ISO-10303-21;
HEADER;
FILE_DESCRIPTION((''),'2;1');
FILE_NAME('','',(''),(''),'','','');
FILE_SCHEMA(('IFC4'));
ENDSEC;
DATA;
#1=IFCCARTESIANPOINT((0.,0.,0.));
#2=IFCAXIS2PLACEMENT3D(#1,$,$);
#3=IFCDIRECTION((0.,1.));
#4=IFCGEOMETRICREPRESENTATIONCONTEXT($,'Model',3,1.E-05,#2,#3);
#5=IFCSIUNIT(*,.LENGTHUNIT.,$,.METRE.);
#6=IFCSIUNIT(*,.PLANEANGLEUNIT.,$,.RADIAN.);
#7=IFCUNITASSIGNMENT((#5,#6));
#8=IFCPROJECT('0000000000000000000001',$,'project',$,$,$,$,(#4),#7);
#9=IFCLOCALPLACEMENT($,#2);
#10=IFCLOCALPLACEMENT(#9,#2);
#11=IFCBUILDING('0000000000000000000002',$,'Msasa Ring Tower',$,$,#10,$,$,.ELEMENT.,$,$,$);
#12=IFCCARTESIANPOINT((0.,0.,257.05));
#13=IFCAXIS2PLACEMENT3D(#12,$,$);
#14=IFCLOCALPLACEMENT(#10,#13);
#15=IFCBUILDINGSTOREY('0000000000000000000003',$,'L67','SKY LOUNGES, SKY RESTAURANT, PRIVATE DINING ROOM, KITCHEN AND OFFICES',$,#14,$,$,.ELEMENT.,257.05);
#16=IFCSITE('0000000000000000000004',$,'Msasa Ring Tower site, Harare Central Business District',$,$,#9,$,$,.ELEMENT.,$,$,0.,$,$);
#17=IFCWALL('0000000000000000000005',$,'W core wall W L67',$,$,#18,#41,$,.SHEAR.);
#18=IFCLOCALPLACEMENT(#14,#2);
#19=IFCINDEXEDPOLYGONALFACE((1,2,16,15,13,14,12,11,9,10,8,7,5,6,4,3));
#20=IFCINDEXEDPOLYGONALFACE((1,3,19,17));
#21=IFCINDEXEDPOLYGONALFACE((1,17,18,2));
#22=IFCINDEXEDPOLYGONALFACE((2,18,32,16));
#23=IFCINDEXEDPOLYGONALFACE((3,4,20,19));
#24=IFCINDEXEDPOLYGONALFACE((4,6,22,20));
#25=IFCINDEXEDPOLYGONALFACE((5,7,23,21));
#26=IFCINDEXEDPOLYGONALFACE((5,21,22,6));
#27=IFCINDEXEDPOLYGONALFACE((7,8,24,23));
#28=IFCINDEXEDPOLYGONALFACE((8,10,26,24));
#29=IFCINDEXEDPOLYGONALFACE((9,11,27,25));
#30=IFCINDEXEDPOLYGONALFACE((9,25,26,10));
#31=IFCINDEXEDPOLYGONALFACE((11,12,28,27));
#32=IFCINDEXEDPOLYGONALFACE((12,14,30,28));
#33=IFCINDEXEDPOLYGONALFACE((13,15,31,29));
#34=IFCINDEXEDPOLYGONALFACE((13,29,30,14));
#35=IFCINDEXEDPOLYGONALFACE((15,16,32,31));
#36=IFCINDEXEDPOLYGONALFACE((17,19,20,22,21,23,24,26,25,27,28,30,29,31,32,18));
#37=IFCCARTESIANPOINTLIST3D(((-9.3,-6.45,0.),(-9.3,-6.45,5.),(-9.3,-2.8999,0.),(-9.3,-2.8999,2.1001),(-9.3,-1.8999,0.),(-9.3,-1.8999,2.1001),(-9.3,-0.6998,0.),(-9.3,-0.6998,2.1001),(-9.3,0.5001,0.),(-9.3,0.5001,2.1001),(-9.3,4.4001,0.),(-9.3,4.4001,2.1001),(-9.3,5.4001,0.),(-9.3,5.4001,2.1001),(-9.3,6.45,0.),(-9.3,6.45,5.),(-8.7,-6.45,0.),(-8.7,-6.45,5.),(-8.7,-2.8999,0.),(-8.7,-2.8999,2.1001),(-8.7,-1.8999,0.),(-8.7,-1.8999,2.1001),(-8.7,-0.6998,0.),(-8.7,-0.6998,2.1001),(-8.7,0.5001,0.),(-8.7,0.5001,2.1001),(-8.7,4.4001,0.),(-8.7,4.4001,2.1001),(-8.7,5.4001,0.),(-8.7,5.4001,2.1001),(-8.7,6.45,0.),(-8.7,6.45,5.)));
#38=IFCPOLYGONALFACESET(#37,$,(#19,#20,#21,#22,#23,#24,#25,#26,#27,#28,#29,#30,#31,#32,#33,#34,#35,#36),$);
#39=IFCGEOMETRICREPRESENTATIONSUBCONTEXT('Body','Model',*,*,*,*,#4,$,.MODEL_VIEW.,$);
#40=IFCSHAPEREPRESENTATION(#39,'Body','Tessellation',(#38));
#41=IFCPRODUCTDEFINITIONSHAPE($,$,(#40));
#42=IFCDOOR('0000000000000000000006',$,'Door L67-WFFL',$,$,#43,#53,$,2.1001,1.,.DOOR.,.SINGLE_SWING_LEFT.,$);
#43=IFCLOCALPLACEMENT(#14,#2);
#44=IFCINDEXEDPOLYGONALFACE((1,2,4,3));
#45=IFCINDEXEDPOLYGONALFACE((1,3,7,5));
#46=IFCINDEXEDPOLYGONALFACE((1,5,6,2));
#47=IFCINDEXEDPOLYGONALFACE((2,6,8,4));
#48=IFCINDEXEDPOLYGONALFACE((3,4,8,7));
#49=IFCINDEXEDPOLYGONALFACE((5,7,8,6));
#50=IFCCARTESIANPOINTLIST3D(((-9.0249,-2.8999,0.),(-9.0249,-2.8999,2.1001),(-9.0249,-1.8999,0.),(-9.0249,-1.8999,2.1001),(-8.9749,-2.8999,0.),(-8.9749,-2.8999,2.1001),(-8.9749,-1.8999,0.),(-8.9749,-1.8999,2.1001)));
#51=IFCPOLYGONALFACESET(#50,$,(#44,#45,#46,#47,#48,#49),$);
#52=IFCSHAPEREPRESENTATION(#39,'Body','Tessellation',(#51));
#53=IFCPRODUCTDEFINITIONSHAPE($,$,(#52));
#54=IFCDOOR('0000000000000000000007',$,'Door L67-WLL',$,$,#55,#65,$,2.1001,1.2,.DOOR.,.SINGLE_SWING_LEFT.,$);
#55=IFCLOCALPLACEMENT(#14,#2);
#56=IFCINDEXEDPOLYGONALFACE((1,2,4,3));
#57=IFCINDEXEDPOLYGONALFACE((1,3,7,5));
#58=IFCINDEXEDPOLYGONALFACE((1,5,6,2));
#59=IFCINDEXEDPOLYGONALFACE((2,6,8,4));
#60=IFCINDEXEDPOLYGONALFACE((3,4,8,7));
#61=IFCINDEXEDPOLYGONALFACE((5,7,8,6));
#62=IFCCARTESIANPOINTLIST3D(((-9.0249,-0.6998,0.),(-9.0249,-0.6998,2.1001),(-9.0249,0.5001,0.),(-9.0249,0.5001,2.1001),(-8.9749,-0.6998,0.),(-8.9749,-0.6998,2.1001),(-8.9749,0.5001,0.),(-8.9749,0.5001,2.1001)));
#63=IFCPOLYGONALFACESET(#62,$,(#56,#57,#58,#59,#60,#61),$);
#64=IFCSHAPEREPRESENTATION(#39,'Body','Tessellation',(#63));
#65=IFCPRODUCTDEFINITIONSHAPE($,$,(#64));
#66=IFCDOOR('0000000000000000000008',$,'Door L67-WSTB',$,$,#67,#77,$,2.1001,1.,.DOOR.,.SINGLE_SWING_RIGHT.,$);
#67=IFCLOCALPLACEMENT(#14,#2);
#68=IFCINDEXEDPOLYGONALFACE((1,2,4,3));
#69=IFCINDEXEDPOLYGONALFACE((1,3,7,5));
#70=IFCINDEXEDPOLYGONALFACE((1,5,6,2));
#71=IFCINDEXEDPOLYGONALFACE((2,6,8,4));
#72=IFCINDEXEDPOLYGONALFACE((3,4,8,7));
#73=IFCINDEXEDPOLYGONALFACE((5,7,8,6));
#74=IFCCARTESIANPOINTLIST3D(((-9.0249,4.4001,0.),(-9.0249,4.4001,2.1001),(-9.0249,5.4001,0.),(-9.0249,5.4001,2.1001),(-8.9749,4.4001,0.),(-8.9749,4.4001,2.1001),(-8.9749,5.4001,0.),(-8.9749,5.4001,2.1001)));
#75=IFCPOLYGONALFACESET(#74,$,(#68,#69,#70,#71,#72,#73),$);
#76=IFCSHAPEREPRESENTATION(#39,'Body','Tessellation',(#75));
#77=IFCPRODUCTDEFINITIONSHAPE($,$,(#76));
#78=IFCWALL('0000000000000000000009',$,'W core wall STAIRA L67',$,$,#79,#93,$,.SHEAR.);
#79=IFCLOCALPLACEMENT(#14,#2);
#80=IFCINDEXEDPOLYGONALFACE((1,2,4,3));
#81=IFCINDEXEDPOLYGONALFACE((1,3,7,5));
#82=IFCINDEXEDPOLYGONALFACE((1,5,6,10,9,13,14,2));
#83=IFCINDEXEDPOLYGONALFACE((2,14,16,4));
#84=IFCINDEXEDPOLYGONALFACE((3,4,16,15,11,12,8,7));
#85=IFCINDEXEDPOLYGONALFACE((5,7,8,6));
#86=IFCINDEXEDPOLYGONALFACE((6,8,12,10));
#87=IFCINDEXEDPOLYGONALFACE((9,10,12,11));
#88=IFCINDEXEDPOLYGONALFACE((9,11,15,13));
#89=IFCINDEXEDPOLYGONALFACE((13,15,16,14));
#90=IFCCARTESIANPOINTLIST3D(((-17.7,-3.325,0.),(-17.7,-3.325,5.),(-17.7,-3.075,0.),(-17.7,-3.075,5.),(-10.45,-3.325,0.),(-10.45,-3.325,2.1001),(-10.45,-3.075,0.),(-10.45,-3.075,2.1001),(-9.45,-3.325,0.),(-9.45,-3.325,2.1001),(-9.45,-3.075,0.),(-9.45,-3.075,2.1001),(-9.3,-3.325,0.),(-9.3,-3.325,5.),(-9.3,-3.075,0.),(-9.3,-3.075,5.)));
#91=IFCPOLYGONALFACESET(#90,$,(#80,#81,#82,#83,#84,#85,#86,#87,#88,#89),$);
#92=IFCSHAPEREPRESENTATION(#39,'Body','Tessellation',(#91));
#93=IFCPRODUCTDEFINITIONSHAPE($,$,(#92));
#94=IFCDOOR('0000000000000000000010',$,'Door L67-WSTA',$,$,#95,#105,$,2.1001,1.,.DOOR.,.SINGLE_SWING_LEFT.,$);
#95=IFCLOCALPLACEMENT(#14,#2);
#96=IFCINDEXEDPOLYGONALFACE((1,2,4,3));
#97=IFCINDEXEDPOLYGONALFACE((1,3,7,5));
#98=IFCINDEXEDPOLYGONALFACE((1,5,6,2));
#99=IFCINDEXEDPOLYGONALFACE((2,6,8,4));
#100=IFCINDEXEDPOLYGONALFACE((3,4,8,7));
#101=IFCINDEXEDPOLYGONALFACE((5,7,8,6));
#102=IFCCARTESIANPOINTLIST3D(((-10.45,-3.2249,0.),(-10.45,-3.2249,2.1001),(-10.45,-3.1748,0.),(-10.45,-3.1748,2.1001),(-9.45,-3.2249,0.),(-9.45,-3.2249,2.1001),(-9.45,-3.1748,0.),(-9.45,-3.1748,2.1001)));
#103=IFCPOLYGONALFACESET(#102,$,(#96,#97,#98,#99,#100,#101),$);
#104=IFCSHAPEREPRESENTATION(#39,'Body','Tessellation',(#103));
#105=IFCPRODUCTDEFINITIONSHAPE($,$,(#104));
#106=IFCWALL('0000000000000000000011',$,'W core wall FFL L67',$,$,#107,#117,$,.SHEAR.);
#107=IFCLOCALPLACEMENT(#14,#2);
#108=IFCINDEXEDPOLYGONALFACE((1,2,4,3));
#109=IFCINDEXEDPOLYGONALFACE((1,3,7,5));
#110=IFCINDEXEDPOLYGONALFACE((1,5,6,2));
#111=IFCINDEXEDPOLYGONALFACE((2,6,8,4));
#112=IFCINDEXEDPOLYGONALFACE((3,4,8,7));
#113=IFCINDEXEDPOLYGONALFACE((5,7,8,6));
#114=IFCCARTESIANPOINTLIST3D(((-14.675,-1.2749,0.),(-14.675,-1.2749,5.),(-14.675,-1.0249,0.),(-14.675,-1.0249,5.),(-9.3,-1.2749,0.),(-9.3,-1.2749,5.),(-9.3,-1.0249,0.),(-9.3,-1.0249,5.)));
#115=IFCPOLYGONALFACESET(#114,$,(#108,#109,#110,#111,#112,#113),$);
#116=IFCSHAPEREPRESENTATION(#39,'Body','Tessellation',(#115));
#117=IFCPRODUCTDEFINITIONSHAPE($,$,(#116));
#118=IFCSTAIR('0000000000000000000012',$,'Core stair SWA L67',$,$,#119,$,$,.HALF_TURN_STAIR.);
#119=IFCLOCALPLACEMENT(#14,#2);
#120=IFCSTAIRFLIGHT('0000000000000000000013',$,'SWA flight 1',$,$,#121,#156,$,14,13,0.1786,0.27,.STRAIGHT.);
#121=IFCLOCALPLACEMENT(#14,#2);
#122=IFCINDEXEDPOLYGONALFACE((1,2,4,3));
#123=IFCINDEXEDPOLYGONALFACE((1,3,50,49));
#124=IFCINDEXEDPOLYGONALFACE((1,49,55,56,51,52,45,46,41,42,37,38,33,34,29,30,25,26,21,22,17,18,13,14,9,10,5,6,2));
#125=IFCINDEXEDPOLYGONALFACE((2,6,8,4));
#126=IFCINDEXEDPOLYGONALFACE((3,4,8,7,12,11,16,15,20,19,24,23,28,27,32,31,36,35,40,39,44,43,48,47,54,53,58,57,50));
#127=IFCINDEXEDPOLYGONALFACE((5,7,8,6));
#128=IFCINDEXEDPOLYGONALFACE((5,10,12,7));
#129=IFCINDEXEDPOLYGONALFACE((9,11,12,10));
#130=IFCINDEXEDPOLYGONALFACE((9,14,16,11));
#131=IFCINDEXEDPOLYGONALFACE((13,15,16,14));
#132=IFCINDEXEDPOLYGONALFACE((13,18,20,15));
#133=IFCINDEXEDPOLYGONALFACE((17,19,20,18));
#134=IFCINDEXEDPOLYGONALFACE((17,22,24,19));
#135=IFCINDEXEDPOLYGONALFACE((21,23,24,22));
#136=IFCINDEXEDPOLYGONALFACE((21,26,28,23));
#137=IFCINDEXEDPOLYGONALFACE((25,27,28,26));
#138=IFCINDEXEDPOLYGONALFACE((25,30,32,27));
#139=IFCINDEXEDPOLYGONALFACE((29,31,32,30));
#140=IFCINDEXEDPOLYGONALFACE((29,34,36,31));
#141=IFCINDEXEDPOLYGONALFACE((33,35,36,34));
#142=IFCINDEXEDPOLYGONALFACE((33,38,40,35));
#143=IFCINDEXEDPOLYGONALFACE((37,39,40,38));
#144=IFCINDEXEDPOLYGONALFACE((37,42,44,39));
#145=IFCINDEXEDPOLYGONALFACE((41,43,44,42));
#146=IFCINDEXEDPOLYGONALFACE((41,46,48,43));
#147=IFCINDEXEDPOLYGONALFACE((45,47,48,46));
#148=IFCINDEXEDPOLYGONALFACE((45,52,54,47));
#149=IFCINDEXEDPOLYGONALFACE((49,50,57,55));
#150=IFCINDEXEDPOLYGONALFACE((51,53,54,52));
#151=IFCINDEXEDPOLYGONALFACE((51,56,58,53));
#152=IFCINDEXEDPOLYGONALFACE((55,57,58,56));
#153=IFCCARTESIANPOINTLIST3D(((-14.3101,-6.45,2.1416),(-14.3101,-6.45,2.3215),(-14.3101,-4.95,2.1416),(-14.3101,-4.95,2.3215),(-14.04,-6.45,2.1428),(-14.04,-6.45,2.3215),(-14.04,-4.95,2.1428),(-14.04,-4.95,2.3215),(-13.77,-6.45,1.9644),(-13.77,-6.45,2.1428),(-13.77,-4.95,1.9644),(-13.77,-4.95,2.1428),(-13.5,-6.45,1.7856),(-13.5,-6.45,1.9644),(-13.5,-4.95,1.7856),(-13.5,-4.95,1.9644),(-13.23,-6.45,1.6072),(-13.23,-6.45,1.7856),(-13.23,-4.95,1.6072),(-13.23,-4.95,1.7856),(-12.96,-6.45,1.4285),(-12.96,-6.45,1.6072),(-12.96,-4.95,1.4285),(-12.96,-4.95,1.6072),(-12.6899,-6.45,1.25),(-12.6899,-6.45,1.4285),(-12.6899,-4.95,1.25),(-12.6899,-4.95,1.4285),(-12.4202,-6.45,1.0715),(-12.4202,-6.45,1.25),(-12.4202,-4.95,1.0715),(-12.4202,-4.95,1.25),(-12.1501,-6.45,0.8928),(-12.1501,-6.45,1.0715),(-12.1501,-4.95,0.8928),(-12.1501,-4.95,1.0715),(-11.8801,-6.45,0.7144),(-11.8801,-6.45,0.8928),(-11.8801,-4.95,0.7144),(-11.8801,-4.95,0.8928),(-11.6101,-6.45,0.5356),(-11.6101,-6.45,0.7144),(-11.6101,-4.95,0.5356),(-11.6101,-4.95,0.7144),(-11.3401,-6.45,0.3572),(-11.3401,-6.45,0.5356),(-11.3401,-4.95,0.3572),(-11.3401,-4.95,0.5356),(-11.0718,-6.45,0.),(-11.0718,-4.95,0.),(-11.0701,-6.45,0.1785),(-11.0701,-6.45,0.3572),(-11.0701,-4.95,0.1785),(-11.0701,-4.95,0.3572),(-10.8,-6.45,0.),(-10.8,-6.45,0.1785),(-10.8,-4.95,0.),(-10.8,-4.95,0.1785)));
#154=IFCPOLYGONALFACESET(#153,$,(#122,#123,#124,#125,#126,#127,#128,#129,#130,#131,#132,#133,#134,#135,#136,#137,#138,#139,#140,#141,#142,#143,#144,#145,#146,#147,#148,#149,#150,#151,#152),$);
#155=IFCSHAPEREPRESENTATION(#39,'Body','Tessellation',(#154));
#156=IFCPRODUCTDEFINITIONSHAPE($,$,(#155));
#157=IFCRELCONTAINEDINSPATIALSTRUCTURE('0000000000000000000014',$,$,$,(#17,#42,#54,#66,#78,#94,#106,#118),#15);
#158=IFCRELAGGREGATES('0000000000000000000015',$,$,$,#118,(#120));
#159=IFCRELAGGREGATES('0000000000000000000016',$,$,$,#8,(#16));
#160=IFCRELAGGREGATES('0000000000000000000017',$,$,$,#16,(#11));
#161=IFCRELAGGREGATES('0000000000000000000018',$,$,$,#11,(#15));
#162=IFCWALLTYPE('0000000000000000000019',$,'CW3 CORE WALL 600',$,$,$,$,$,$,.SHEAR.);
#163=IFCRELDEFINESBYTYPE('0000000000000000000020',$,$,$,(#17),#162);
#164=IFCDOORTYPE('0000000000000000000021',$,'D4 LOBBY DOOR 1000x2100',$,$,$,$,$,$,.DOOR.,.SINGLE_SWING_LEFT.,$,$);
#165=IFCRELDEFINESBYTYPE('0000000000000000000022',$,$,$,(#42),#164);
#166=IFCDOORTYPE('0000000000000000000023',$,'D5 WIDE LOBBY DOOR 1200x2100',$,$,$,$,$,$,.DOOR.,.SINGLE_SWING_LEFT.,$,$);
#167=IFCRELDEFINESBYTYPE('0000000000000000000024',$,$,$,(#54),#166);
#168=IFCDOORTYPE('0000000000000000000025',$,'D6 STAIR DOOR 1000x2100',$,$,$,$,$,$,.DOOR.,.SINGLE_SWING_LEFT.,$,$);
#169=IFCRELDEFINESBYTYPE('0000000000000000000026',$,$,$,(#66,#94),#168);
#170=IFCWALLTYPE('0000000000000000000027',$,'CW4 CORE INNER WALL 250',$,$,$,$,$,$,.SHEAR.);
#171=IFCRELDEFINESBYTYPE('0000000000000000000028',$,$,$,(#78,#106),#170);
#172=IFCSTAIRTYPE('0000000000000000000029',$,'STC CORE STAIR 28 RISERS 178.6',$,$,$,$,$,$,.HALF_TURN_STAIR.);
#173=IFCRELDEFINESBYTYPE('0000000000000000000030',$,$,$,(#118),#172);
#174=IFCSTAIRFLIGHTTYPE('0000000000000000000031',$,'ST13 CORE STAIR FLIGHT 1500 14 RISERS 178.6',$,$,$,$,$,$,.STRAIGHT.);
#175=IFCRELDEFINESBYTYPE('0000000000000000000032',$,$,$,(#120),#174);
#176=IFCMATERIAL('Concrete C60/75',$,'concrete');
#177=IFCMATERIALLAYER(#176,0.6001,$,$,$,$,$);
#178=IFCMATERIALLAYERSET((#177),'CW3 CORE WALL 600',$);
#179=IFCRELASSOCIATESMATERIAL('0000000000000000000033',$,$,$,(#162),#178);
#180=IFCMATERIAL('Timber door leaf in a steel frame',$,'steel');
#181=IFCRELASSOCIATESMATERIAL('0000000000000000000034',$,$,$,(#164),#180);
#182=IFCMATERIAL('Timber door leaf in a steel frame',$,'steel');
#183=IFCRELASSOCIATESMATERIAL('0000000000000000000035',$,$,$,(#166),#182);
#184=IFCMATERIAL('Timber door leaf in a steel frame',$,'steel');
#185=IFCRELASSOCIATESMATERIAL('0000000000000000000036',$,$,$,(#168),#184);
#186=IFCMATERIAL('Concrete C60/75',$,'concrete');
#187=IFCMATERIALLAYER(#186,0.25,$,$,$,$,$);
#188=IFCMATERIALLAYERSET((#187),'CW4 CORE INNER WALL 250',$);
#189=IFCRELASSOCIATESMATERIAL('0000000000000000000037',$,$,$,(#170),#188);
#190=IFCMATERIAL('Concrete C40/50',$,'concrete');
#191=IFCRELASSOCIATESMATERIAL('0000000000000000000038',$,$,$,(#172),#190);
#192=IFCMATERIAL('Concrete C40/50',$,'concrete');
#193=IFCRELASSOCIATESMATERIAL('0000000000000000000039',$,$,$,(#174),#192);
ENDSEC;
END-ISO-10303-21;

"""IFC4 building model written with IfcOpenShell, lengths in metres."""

from ifc_helpers import new_model, si_unit, direction, frame, frame_2d, origin, place, context, subcontext, project, spatial, polyline, rectangle, outline, extrude, material, layer, layer_set, type_object, element, fill, aggregate, save


model = new_model("IFC4")

# Units and contexts
model_context = context("Model", 3, precision=1e-05, world=origin(), true_north=direction((0.0, 1.0)))
body_context = subcontext(model_context, "Body", "Model", "MODEL_VIEW")
ifc_project = project(units=[si_unit("LENGTHUNIT", "METRE"), si_unit("PLANEANGLEUNIT", "RADIAN")], contexts=[model_context])

# Site, building, storey
site_placement = place(None, origin())
site = spatial("IfcSite", under=ifc_project, at=site_placement, Name="Msasa Ring Tower site, Harare Central Business District", CompositionType="ELEMENT", RefElevation=0.0)
building_placement = place(site_placement, origin())
building = spatial("IfcBuilding", under=site, at=building_placement, Name="Msasa Ring Tower", CompositionType="ELEMENT")
storey_placement = place(building_placement, frame((0.0, 0.0, 257.05)))
storey = spatial("IfcBuildingStorey", under=building, at=storey_placement, Name="L67", Description="SKY LOUNGES, SKY RESTAURANT, PRIVATE DINING ROOM, KITCHEN AND OFFICES", CompositionType="ELEMENT", Elevation=257.05)

# Shared definitions
ifc_material_1 = material(Name="Concrete C60/75", Category="concrete")
ifc_layer_1 = layer(ifc_material_1, 0.6001)
ifc_layer_set_1 = layer_set([ifc_layer_1], Name="CW3 CORE WALL 600")
wall_type_1 = type_object("IfcWallType", Name="CW3 CORE WALL 600", PredefinedType="SHEAR", material=ifc_layer_set_1)

# Wall, openings, doors
wall_1_placement = place(storey_placement, frame((-9.0, -6.45, 0.0), z_axis=(0.0, 0.0, 1.0), x_axis=(0.0, 1.0, 0.0)))
wall_1 = element("IfcWall", 1, at=wall_1_placement, inside=storey, type_object=wall_type_1, Name="W core wall W L67", PredefinedType="SHEAR", context=body_context, shape_type="SweptSolid", body=[
    extrude(rectangle(XDim=12.8999, YDim=0.6001, at=frame_2d((6.45, 0.0))), origin(), (0.0, 0.0, 1.0), 5.0),
])
opening_1_placement = place(wall_1_placement, frame((3.55, 0.0, 0.0)))
opening_1 = element("IfcOpeningElement", 2, at=opening_1_placement, cuts=wall_1, PredefinedType="OPENING", context=body_context, shape_type="SweptSolid", body=[
    extrude(rectangle(XDim=1.0, YDim=2.1001, at=frame_2d((0.5, 1.05))), frame((0.0, 0.3101, 0.0), z_axis=(0.0, -1.0, 0.0), x_axis=(1.0, 0.0, 0.0)), (0.0, 0.0, 1.0), 0.6201),
])
opening_2_placement = place(wall_1_placement, frame((5.75, 0.0, 0.0)))
opening_2 = element("IfcOpeningElement", 3, at=opening_2_placement, cuts=wall_1, PredefinedType="OPENING", context=body_context, shape_type="SweptSolid", body=[
    extrude(rectangle(XDim=1.2, YDim=2.1001, at=frame_2d((0.6001, 1.05))), frame((0.0, 0.3101, 0.0), z_axis=(0.0, -1.0, 0.0), x_axis=(1.0, 0.0, 0.0)), (0.0, 0.0, 1.0), 0.6201),
])
opening_3_placement = place(wall_1_placement, frame((10.8501, 0.0, 0.0)))
opening_3 = element("IfcOpeningElement", 4, at=opening_3_placement, cuts=wall_1, PredefinedType="OPENING", context=body_context, shape_type="SweptSolid", body=[
    extrude(rectangle(XDim=1.0, YDim=2.1001, at=frame_2d((0.5, 1.05))), frame((0.0, 0.3101, 0.0), z_axis=(0.0, -1.0, 0.0), x_axis=(1.0, 0.0, 0.0)), (0.0, 0.0, 1.0), 0.6201),
])
ifc_material_2 = material(Name="Timber door leaf in a steel frame", Category="steel")
door_type_1 = type_object("IfcDoorType", Name="D4 LOBBY DOOR 1000x2100", OperationType="SINGLE_SWING_LEFT", PredefinedType="DOOR", material=ifc_material_2)
door_1_placement = place(opening_1_placement, origin())
door_1 = element("IfcDoor", 5, at=door_1_placement, inside=storey, type_object=door_type_1, Name="Door L67-WFFL", OperationType="SINGLE_SWING_LEFT", OverallHeight=2.1001, OverallWidth=1.0, PredefinedType="DOOR", context=body_context, shape_type="SweptSolid", body=[
    extrude(rectangle(XDim=1.0, YDim=2.1001, at=frame_2d((0.5, 1.05))), frame((0.0, 0.0249, 0.0), z_axis=(0.0, -1.0, 0.0), x_axis=(1.0, 0.0, 0.0)), (0.0, 0.0, 1.0), 0.05),
])
fill(opening_1, door_1)
ifc_material_3 = material(Name="Timber door leaf in a steel frame", Category="steel")
door_type_2 = type_object("IfcDoorType", Name="D5 WIDE LOBBY DOOR 1200x2100", OperationType="SINGLE_SWING_LEFT", PredefinedType="DOOR", material=ifc_material_3)
door_2_placement = place(opening_2_placement, origin())
door_2 = element("IfcDoor", 6, at=door_2_placement, inside=storey, type_object=door_type_2, Name="Door L67-WLL", OperationType="SINGLE_SWING_LEFT", OverallHeight=2.1001, OverallWidth=1.2, PredefinedType="DOOR", context=body_context, shape_type="SweptSolid", body=[
    extrude(rectangle(XDim=1.2, YDim=2.1001, at=frame_2d((0.6001, 1.05))), frame((0.0, 0.0249, 0.0), z_axis=(0.0, -1.0, 0.0), x_axis=(1.0, 0.0, 0.0)), (0.0, 0.0, 1.0), 0.05),
])
fill(opening_2, door_2)
ifc_material_4 = material(Name="Timber door leaf in a steel frame", Category="steel")
door_type_3 = type_object("IfcDoorType", Name="D6 STAIR DOOR 1000x2100", OperationType="SINGLE_SWING_LEFT", PredefinedType="DOOR", material=ifc_material_4)
door_3_placement = place(opening_3_placement, origin())
door_3 = element("IfcDoor", 7, at=door_3_placement, inside=storey, type_object=door_type_3, Name="Door L67-WSTB", OperationType="SINGLE_SWING_RIGHT", OverallHeight=2.1001, OverallWidth=1.0, PredefinedType="DOOR", context=body_context, shape_type="SweptSolid", body=[
    extrude(rectangle(XDim=1.0, YDim=2.1001, at=frame_2d((0.5, 1.05))), frame((0.0, 0.0249, 0.0), z_axis=(0.0, -1.0, 0.0), x_axis=(1.0, 0.0, 0.0)), (0.0, 0.0, 1.0), 0.05),
])
fill(opening_3, door_3)

# Wall, opening, door
ifc_material_5 = material(Name="Concrete C60/75", Category="concrete")
ifc_layer_2 = layer(ifc_material_5, 0.25)
ifc_layer_set_2 = layer_set([ifc_layer_2], Name="CW4 CORE INNER WALL 250")
wall_type_2 = type_object("IfcWallType", Name="CW4 CORE INNER WALL 250", PredefinedType="SHEAR", material=ifc_layer_set_2)
wall_2_placement = place(storey_placement, frame((-9.3, -3.2, 0.0), z_axis=(0.0, 0.0, 1.0), x_axis=(-1.0, 0.0, 0.0)))
wall_2 = element("IfcWall", 8, at=wall_2_placement, inside=storey, type_object=wall_type_2, Name="W core wall STAIRA L67", PredefinedType="SHEAR", context=body_context, shape_type="SweptSolid", body=[
    extrude(rectangle(XDim=8.3999, YDim=0.25, at=frame_2d((4.2, 0.0))), origin(), (0.0, 0.0, 1.0), 5.0),
])
opening_4_placement = place(wall_2_placement, frame((0.1499, 0.0, 0.0)))
opening_4 = element("IfcOpeningElement", 9, at=opening_4_placement, cuts=wall_2, PredefinedType="OPENING", context=body_context, shape_type="SweptSolid", body=[
    extrude(rectangle(XDim=1.0, YDim=2.1001, at=frame_2d((0.5, 1.05))), frame((0.0, 0.135, 0.0), z_axis=(0.0, -1.0, 0.0), x_axis=(1.0, 0.0, 0.0)), (0.0, 0.0, 1.0), 0.27),
])
door_4_placement = place(opening_4_placement, origin())
door_4 = element("IfcDoor", 10, at=door_4_placement, inside=storey, type_object=door_type_3, Name="Door L67-WSTA", OperationType="SINGLE_SWING_LEFT", OverallHeight=2.1001, OverallWidth=1.0, PredefinedType="DOOR", context=body_context, shape_type="SweptSolid", body=[
    extrude(rectangle(XDim=1.0, YDim=2.1001, at=frame_2d((0.5, 1.05))), frame((0.0, 0.0249, 0.0), z_axis=(0.0, -1.0, 0.0), x_axis=(1.0, 0.0, 0.0)), (0.0, 0.0, 1.0), 0.05),
])
fill(opening_4, door_4)

# Wall
wall_3_placement = place(storey_placement, frame((-9.3, -1.1499, 0.0), z_axis=(0.0, 0.0, 1.0), x_axis=(-1.0, 0.0, 0.0)))
element("IfcWall", 11, at=wall_3_placement, inside=storey, type_object=wall_type_2, Name="W core wall FFL L67", PredefinedType="SHEAR", context=body_context, shape_type="SweptSolid", body=[
    extrude(rectangle(XDim=5.375, YDim=0.25, at=frame_2d((2.6875, 0.0))), origin(), (0.0, 0.0, 1.0), 5.0),
])

# Stair, stair flight
ifc_material_6 = material(Name="Concrete C40/50", Category="concrete")
stair_type = type_object("IfcStairType", Name="STC CORE STAIR 28 RISERS 178.6", PredefinedType="HALF_TURN_STAIR", material=ifc_material_6)
stair_placement = place(storey_placement, origin())
stair = element("IfcStair", 12, at=stair_placement, inside=storey, type_object=stair_type, Name="Core stair SWA L67", PredefinedType="HALF_TURN_STAIR")
ifc_material_7 = material(Name="Concrete C40/50", Category="concrete")
stair_flight_type = type_object("IfcStairFlightType", Name="ST13 CORE STAIR FLIGHT 1500 14 RISERS 178.6", PredefinedType="STRAIGHT", material=ifc_material_7)
stair_flight_placement = place(storey_placement, frame((-10.8, -5.7, 0.0), z_axis=(0.0, 0.0, 1.0), x_axis=(-1.0, 0.0, 0.0)))
stair_flight = element("IfcStairFlight", 13, at=stair_flight_placement, type_object=stair_flight_type, Name="SWA flight 1", NumberOfRisers=14, NumberOfTreads=13, PredefinedType="STRAIGHT", RiserHeight=0.1786, TreadLength=0.27, context=body_context, shape_type="SweptSolid", body=[
    extrude(outline(polyline([(0.0, 0.0), (0.0, 0.1785), (0.27, 0.1785), (0.27, 0.3572), (0.54, 0.3572), (0.54, 0.5356), (0.8101, 0.5356), (0.8101, 0.7144), (1.0801, 0.7144), (1.0801, 0.8928), (1.3501, 0.8928), (1.3501, 1.0715), (1.6201, 1.0715), (1.6201, 1.25), (1.8899, 1.25), (1.8899, 1.4285), (2.1599, 1.4285), (2.1599, 1.6072), (2.4299, 1.6072), (2.4299, 1.7856), (2.7, 1.7856), (2.7, 1.9644), (2.97, 1.9644), (2.97, 2.1428), (3.24, 2.1428), (3.24, 2.3215), (3.51, 2.3215), (3.51, 2.5), (3.51, 2.1416), (0.2717, 0.0), (0.0, 0.0)])), frame((0.0, 0.75, 0.0), z_axis=(0.0, -1.0, 0.0), x_axis=(1.0, 0.0, 0.0)), (0.0, 0.0, 1.0), 1.5),
])
aggregate(stair, [stair_flight])

save(model, "model.ifc")
